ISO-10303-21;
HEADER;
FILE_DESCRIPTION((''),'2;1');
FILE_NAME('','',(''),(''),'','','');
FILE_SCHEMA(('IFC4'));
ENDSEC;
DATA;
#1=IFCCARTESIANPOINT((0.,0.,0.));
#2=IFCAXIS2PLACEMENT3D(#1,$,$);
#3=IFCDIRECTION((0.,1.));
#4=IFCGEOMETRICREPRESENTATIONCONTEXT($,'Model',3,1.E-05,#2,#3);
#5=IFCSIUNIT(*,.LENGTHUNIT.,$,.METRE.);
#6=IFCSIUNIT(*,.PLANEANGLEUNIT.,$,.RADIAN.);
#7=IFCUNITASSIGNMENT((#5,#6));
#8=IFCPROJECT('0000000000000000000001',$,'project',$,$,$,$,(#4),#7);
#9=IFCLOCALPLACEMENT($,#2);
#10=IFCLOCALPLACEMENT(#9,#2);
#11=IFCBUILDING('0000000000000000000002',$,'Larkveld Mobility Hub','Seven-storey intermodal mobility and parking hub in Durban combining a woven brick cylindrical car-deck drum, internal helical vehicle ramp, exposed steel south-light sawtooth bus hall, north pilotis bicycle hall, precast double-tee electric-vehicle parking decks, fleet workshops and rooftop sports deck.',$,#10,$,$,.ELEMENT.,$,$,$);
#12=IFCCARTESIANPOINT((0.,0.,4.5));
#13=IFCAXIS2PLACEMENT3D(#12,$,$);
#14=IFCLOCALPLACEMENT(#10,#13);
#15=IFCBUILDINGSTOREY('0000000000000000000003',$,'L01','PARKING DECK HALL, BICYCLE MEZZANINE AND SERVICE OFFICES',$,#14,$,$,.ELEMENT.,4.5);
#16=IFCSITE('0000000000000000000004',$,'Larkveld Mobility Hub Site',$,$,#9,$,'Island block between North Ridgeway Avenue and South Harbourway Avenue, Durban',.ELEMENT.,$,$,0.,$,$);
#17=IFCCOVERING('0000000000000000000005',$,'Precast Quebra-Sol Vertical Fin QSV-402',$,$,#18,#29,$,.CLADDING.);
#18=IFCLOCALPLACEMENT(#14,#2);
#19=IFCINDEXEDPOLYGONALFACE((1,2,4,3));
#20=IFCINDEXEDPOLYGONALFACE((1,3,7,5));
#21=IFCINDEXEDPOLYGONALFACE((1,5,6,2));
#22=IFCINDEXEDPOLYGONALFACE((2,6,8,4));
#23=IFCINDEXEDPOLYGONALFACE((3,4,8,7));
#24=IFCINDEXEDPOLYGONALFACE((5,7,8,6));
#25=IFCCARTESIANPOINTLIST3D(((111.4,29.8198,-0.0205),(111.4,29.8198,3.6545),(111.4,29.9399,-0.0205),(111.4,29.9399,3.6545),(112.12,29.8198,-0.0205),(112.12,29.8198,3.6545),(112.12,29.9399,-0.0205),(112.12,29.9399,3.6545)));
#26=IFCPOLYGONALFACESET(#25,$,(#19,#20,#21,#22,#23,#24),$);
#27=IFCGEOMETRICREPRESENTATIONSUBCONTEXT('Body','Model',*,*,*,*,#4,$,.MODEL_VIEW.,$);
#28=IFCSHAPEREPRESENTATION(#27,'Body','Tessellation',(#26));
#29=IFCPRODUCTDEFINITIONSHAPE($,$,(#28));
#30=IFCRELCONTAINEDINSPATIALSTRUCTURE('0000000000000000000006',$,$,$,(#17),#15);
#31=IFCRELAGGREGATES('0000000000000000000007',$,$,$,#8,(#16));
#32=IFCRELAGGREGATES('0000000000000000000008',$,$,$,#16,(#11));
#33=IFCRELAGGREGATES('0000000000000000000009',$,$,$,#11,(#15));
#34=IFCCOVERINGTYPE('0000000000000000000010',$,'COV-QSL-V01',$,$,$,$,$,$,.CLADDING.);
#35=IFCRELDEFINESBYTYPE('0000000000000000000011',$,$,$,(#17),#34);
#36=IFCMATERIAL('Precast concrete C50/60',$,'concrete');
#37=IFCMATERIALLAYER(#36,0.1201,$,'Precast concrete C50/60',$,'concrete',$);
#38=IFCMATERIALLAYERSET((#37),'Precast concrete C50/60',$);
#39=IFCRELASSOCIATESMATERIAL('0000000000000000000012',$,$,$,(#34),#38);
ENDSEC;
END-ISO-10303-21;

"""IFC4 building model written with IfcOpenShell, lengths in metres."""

from ifc_helpers import new_model, si_unit, direction, frame, origin, origin_2d, place, context, subcontext, project, spatial, rectangle, extrude, material, layer, layer_set, type_object, element, save


model = new_model("IFC4")

# Units and contexts
model_context = context("Model", 3, precision=1e-05, world=origin(), true_north=direction((0.0, 1.0)))
body_context = subcontext(model_context, "Body", "Model", "MODEL_VIEW")
ifc_project = project(units=[si_unit("LENGTHUNIT", "METRE"), si_unit("PLANEANGLEUNIT", "RADIAN")], contexts=[model_context])

# Site, building, storey
site_placement = place(None, origin())
site = spatial("IfcSite", under=ifc_project, at=site_placement, Name="Larkveld Mobility Hub Site", LongName="Island block between North Ridgeway Avenue and South Harbourway Avenue, Durban", CompositionType="ELEMENT", RefElevation=0.0)
building_placement = place(site_placement, origin())
building = spatial("IfcBuilding", under=site, at=building_placement, Name="Larkveld Mobility Hub", Description="Seven-storey intermodal mobility and parking hub in Durban combining a woven brick cylindrical car-deck drum, internal helical vehicle ramp, exposed steel south-light sawtooth bus hall, north pilotis bicycle hall, precast double-tee electric-vehicle parking decks, fleet workshops and rooftop sports deck.", CompositionType="ELEMENT")
storey_placement = place(building_placement, frame((0.0, 0.0, 4.5)))
storey = spatial("IfcBuildingStorey", under=building, at=storey_placement, Name="L01", Description="PARKING DECK HALL, BICYCLE MEZZANINE AND SERVICE OFFICES", CompositionType="ELEMENT", Elevation=4.5)

# Covering
ifc_material_1 = material(Name="Precast concrete C50/60", Category="concrete")
ifc_layer_1 = layer(ifc_material_1, 0.1201, Name="Precast concrete C50/60", Category="concrete")
ifc_layer_set_1 = layer_set([ifc_layer_1], Name="Precast concrete C50/60")
covering_type_1 = type_object("IfcCoveringType", Name="COV-QSL-V01", PredefinedType="CLADDING", material=ifc_layer_set_1)
for number, where, z_axis, x_axis, name in (
    (1, (111.76, 29.8799, -0.0205), (0.0, 0.0, 1.0), (0.0, -1.0, 0.0), "Precast Quebra-Sol Vertical Fin QSV-402"),
):
    element("IfcCovering", number, at=place(storey_placement, frame(where, z_axis=z_axis, x_axis=x_axis)), inside=storey, type_object=covering_type_1, Name=name, PredefinedType="CLADDING", context=body_context, shape_type="SweptSolid", body=[
        extrude(rectangle(XDim=0.1201, YDim=0.72, at=origin_2d()), origin(), (0.0, 0.0, 1.0), 3.675),
    ])

save(model, "model.ifc")
